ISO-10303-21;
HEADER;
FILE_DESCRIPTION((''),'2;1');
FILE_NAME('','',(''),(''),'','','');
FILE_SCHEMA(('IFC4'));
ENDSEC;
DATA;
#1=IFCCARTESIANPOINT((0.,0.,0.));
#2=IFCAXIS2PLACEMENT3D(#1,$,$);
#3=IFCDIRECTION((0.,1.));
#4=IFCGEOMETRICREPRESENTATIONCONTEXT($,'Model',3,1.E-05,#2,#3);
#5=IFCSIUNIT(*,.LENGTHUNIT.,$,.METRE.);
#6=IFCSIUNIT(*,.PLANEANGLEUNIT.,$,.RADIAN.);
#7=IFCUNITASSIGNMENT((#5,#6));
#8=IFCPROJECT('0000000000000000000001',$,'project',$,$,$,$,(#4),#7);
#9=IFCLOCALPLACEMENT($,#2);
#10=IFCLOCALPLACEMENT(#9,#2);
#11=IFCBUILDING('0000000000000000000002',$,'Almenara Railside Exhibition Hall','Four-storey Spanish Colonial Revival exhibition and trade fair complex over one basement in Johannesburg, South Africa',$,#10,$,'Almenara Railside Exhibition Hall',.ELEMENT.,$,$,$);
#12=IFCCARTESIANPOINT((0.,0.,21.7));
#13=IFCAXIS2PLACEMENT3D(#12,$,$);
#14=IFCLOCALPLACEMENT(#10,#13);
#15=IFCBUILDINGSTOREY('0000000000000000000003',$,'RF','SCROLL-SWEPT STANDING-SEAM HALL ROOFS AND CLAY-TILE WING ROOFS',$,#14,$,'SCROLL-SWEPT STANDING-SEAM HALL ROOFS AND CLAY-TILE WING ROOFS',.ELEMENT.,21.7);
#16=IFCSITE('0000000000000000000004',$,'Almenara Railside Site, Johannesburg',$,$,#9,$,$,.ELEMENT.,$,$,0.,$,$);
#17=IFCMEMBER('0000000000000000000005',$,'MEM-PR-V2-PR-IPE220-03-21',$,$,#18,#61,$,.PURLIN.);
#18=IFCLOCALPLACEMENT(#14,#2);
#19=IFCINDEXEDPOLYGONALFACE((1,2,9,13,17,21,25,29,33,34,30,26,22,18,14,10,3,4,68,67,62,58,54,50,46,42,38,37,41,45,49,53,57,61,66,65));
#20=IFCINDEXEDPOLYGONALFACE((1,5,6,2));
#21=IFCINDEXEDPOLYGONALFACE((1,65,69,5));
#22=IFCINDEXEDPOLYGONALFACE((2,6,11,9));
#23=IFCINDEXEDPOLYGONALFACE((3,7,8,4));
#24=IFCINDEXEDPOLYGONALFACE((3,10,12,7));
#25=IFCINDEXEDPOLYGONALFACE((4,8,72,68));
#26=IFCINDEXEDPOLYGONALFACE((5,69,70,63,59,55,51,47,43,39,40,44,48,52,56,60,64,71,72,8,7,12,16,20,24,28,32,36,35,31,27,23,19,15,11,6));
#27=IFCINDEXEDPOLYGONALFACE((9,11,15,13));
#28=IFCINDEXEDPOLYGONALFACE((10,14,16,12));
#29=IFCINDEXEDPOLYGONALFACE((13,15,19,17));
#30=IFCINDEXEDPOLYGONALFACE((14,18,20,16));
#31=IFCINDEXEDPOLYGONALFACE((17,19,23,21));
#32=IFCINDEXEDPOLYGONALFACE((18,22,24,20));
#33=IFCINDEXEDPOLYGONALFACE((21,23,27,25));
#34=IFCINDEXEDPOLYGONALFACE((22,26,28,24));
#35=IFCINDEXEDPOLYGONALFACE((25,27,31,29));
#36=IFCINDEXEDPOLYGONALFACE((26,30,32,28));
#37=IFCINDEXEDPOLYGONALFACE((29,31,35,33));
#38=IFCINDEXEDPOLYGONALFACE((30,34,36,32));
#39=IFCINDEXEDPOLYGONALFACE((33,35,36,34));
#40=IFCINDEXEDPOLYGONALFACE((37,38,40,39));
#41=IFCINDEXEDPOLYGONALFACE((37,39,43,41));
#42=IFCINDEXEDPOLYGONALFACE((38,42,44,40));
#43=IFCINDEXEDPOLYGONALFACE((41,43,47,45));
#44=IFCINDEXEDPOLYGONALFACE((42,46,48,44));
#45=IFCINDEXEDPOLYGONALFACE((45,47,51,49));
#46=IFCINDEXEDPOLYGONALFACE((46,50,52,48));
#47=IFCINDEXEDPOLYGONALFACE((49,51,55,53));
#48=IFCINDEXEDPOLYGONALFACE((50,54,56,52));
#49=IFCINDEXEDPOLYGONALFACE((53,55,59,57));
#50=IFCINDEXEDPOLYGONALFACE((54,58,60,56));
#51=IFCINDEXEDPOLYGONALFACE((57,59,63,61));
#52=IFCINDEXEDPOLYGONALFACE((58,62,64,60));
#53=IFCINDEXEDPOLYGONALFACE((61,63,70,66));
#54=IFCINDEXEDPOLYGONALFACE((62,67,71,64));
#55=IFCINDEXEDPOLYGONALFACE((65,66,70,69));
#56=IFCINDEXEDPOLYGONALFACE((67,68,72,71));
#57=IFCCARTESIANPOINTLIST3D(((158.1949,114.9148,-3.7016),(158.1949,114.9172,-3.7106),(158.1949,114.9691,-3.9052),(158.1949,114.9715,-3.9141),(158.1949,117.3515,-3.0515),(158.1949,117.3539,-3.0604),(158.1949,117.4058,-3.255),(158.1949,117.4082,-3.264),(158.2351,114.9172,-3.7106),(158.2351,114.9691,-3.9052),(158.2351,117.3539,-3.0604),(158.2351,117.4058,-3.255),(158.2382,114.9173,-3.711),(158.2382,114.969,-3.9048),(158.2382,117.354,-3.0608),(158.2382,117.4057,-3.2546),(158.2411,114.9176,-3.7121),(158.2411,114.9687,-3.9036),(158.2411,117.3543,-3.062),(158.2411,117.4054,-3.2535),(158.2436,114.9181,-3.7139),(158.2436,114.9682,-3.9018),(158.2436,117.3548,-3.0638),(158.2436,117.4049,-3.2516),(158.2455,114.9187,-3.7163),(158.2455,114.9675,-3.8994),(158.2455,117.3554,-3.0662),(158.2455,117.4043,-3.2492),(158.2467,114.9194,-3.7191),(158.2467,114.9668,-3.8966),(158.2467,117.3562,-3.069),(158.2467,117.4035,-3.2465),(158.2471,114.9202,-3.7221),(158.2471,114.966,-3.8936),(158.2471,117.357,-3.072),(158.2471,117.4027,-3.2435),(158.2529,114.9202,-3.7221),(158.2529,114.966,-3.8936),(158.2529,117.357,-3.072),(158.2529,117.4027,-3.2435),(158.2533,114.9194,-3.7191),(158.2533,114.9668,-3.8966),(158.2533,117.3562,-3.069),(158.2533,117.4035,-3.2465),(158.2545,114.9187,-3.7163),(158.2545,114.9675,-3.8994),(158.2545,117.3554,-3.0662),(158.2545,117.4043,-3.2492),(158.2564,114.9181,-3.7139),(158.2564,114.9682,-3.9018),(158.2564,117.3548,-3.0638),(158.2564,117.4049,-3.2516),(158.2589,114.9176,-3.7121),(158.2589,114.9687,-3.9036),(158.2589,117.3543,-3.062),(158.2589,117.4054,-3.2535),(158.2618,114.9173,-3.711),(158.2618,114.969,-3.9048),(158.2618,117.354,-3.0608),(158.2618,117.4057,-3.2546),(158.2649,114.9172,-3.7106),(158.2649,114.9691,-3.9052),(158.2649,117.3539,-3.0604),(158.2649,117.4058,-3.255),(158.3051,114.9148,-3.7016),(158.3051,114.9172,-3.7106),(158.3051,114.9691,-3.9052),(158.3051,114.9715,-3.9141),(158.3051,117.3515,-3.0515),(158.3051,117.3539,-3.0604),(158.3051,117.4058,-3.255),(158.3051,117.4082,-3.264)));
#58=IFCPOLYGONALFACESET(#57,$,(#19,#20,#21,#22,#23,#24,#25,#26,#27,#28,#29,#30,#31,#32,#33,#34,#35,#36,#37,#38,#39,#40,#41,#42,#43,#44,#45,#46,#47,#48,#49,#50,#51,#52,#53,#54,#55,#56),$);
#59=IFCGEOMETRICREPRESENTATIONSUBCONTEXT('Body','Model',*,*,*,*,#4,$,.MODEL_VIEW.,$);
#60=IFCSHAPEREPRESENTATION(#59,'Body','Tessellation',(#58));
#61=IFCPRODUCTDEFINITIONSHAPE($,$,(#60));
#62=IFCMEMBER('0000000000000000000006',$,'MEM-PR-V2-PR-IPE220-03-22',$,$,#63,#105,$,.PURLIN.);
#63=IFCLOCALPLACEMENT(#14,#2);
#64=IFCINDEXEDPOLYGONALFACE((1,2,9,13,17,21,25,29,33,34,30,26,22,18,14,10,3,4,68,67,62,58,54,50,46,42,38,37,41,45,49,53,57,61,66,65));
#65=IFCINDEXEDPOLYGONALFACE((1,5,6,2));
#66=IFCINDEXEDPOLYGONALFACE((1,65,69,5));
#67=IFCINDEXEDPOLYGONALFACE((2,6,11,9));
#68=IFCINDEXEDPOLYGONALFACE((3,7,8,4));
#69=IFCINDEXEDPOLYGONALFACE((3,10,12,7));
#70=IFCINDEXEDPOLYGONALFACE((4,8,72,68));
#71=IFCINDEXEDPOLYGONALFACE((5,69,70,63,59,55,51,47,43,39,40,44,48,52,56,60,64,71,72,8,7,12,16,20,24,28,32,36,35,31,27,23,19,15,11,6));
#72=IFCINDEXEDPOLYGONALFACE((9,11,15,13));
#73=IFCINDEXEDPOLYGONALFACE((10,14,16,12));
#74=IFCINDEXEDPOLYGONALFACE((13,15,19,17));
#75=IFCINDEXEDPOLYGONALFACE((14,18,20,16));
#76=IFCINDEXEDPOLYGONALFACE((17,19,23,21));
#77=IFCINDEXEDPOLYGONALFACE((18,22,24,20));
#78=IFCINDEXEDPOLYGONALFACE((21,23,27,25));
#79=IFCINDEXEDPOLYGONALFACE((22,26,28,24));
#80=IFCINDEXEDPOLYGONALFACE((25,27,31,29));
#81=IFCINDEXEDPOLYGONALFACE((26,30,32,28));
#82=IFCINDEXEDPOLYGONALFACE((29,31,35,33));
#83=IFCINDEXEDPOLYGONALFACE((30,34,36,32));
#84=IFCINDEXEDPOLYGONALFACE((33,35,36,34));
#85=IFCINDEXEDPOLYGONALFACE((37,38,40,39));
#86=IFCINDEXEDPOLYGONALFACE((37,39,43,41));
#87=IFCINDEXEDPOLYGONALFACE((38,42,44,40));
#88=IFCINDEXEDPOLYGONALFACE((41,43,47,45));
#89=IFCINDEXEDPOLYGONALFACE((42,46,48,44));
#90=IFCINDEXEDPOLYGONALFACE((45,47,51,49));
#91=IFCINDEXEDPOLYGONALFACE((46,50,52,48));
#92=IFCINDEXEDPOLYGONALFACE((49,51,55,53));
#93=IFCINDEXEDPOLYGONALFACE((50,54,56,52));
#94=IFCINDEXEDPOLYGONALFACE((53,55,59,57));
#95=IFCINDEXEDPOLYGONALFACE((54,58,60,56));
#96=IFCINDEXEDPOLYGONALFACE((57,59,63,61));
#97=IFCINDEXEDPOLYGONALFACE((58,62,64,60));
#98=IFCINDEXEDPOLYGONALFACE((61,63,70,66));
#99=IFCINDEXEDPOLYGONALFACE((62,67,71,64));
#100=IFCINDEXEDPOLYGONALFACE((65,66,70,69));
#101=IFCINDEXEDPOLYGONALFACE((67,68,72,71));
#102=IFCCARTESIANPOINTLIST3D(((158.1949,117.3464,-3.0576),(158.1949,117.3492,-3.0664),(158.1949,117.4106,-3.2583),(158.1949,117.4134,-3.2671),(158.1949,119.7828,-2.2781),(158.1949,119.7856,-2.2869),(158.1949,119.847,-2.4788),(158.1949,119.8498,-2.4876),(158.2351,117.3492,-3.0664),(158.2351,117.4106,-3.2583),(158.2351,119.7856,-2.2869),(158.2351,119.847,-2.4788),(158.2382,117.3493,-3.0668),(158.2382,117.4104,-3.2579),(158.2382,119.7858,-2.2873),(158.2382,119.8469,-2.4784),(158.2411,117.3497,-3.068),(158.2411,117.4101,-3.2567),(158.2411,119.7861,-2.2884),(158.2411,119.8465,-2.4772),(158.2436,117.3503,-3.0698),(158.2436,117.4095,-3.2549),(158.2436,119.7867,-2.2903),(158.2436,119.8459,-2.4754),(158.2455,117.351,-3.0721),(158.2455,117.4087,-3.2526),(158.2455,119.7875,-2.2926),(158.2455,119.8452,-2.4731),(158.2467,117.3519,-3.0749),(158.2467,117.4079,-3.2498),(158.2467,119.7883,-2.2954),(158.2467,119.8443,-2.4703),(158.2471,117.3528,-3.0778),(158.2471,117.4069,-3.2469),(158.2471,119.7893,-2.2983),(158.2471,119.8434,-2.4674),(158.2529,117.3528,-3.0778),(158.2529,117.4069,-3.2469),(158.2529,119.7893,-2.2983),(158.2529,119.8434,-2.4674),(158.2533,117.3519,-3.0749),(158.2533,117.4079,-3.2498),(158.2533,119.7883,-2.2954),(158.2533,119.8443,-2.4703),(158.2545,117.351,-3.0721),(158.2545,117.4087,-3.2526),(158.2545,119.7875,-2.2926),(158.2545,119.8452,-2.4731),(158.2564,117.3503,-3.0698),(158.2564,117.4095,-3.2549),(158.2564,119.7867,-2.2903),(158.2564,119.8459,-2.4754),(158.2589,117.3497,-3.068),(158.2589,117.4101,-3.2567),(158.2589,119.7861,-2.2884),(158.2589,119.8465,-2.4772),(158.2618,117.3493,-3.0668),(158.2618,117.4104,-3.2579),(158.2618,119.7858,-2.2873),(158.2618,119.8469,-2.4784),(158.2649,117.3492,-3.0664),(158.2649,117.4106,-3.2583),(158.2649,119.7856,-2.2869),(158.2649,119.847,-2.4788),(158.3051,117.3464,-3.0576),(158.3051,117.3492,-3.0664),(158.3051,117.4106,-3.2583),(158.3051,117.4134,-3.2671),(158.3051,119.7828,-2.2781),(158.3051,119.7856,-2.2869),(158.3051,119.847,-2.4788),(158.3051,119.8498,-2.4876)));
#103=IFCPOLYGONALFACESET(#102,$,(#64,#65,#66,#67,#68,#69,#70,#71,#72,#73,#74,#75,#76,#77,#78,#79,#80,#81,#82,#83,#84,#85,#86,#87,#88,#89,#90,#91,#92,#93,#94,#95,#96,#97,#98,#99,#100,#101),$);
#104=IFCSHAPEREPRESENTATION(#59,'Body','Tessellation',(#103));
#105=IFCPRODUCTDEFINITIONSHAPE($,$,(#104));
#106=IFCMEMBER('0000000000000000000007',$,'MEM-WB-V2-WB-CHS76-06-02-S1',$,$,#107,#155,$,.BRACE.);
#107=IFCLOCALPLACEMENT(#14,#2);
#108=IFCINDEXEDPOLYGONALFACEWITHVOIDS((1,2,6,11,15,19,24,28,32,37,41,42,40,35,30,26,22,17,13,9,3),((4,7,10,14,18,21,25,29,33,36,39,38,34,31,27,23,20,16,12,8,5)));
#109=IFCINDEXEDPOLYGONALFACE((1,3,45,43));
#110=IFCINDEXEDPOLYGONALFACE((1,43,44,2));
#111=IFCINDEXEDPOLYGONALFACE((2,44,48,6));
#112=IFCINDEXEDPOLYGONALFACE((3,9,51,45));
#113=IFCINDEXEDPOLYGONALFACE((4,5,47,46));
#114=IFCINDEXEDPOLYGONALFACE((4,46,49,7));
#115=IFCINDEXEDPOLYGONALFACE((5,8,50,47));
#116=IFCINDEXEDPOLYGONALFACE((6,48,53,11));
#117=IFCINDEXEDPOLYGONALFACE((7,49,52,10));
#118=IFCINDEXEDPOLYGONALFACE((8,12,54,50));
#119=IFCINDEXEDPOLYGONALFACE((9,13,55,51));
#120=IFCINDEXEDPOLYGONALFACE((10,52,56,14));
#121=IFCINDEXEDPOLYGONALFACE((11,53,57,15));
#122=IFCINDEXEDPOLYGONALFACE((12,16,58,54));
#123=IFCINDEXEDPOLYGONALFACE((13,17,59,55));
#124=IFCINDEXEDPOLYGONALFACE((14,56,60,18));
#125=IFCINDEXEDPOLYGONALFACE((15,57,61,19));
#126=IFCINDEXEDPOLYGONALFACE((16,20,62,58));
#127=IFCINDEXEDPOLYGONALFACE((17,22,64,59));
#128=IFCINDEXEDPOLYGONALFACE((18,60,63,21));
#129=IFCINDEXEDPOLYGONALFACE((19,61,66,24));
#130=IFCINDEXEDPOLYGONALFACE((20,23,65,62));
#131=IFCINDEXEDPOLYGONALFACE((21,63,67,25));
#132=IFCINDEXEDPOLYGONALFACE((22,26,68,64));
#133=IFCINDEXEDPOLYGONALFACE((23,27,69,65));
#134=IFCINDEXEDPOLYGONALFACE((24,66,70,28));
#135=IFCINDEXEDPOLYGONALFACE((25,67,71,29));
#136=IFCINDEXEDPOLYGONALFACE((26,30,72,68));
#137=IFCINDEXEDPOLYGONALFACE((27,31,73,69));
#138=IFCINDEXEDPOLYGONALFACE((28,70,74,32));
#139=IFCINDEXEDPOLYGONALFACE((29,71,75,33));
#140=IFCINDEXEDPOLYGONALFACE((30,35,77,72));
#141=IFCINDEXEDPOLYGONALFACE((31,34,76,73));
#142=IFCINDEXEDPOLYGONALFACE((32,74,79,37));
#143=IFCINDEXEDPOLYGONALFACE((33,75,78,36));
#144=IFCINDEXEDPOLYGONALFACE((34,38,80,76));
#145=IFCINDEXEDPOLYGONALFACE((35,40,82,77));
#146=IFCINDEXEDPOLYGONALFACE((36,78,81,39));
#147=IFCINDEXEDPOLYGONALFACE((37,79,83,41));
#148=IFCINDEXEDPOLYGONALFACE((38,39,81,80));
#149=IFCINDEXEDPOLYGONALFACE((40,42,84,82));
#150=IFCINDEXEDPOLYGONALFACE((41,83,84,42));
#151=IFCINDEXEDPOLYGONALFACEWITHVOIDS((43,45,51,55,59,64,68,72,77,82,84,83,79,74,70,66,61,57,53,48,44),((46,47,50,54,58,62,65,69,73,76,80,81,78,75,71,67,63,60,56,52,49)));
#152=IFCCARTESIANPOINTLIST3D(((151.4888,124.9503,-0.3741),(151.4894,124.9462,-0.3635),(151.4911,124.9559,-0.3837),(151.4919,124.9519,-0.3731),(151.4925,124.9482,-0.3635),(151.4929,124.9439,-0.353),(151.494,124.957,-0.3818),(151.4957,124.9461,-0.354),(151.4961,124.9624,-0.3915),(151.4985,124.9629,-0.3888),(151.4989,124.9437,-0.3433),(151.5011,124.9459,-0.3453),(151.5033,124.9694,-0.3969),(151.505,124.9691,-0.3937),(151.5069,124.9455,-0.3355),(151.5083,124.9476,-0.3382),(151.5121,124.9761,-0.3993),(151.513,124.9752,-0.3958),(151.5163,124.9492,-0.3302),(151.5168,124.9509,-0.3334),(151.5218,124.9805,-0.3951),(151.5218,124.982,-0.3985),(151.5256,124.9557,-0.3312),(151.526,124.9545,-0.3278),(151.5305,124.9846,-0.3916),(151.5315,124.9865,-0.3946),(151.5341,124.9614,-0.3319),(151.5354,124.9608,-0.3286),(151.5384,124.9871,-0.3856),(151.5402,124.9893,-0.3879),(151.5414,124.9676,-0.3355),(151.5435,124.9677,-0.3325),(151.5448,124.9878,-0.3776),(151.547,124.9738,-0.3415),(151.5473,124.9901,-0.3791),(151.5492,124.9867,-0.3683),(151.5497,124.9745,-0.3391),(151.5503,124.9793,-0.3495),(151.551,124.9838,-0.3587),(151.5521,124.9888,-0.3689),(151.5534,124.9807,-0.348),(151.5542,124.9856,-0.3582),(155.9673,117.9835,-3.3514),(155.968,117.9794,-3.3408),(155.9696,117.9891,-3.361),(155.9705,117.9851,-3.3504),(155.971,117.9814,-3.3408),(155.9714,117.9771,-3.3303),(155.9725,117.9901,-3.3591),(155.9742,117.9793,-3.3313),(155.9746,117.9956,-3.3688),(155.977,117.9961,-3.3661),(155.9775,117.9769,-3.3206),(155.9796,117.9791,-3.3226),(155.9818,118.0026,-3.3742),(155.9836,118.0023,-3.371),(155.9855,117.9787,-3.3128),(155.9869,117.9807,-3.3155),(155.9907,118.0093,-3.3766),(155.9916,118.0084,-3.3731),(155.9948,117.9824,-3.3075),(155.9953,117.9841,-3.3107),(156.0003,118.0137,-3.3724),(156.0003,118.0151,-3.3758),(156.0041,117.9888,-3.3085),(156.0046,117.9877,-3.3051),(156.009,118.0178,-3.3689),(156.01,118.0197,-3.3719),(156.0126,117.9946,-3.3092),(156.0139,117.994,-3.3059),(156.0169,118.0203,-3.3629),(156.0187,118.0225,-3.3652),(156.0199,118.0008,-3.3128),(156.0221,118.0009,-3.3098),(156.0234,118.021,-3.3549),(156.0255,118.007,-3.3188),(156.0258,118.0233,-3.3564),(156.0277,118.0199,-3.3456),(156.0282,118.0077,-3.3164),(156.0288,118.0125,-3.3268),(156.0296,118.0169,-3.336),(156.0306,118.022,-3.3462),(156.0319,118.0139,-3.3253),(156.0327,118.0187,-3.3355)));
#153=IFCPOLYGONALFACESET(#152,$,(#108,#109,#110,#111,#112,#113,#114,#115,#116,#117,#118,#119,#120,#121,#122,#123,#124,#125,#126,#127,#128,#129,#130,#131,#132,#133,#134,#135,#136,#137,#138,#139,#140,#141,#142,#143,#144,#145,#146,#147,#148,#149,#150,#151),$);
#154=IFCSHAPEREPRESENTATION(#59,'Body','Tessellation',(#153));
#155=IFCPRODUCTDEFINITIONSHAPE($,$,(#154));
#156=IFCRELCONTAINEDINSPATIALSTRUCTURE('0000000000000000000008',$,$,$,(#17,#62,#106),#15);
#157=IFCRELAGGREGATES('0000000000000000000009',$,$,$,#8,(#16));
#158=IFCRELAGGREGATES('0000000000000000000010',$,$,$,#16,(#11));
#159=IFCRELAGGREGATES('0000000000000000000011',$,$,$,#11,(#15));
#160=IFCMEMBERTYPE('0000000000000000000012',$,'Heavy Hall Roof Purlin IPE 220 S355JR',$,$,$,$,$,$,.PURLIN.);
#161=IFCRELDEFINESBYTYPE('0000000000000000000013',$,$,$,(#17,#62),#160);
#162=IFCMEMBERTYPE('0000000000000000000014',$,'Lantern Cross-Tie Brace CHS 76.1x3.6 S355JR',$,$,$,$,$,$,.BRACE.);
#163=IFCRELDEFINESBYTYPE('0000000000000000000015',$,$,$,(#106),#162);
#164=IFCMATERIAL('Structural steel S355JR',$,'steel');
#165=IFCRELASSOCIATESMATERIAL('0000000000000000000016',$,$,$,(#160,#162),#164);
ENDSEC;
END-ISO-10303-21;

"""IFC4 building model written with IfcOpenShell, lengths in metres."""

from ifc_helpers import new_model, si_unit, direction, frame, origin, origin_2d, place, context, subcontext, project, spatial, hollow_circle, i_section, extrude, material, material_profile, profile_set, type_object, element, save


model = new_model("IFC4")

# Units and contexts
model_context = context("Model", 3, precision=1e-05, world=origin(), true_north=direction((0.0, 1.0)))
body_context = subcontext(model_context, "Body", "Model", "MODEL_VIEW")
ifc_project = project(units=[si_unit("LENGTHUNIT", "METRE"), si_unit("PLANEANGLEUNIT", "RADIAN")], contexts=[model_context])

# Site, building, storey
site_placement = place(None, origin())
site = spatial("IfcSite", under=ifc_project, at=site_placement, Name="Almenara Railside Site, Johannesburg", CompositionType="ELEMENT", RefElevation=0.0)
building_placement = place(site_placement, origin())
building = spatial("IfcBuilding", under=site, at=building_placement, Name="Almenara Railside Exhibition Hall", Description="Four-storey Spanish Colonial Revival exhibition and trade fair complex over one basement in Johannesburg, South Africa", LongName="Almenara Railside Exhibition Hall", CompositionType="ELEMENT")
storey_placement = place(building_placement, frame((0.0, 0.0, 21.7)))
storey = spatial("IfcBuildingStorey", under=building, at=storey_placement, Name="RF", Description="SCROLL-SWEPT STANDING-SEAM HALL ROOFS AND CLAY-TILE WING ROOFS", LongName="SCROLL-SWEPT STANDING-SEAM HALL ROOFS AND CLAY-TILE WING ROOFS", CompositionType="ELEMENT", Elevation=21.7)

# Members
ifc_material_1 = material(Name="Structural steel S355JR", Category="steel")
ifc_material_profile_1 = material_profile(ifc_material_1, i_section(OverallWidth=0.1101, OverallDepth=0.22, WebThickness=0.0059, FlangeThickness=0.0093, FilletRadius=0.012, at=origin_2d()), Name="IPE 220")
ifc_profile_set_1 = profile_set([ifc_material_profile_1], Name="Structural steel S355JR")
member_type_1 = type_object("IfcMemberType", Name="Heavy Hall Roof Purlin IPE 220 S355JR", PredefinedType="PURLIN", material=ifc_profile_set_1)
member_1_placement = place(storey_placement, frame((158.25, 114.9431, -3.8079), z_axis=(0.0, 0.966201, 0.257789), x_axis=(-1.0, 0.0, 0.0)))
element("IfcMember", 1, at=member_1_placement, inside=storey, type_object=member_type_1, Name="MEM-PR-V2-PR-IPE220-03-21", PredefinedType="PURLIN", context=body_context, shape_type="SweptSolid", body=[
    extrude(i_section(OverallWidth=0.1101, OverallDepth=0.22, WebThickness=0.0059, FlangeThickness=0.0093, FilletRadius=0.012, at=origin_2d()), origin(), (0.0, 0.0, 1.0), 2.522),
])
member_2_placement = place(storey_placement, frame((158.25, 117.3799, -3.1624), z_axis=(0.0, 0.952441, 0.304724), x_axis=(-1.0, 0.0, 0.0)))
element("IfcMember", 2, at=member_2_placement, inside=storey, type_object=member_type_1, Name="MEM-PR-V2-PR-IPE220-03-22", PredefinedType="PURLIN", context=body_context, shape_type="SweptSolid", body=[
    extrude(i_section(OverallWidth=0.1101, OverallDepth=0.22, WebThickness=0.0059, FlangeThickness=0.0093, FilletRadius=0.012, at=origin_2d()), origin(), (0.0, 0.0, 1.0), 2.5581),
])
ifc_material_profile_2 = material_profile(ifc_material_1, hollow_circle(Radius=0.0381, WallThickness=0.0037, at=origin_2d()), Name="CHS 76.1x3.6")
ifc_profile_set_2 = profile_set([ifc_material_profile_2], Name="Structural steel S355JR")
member_type_2 = type_object("IfcMemberType", Name="Lantern Cross-Tie Brace CHS 76.1x3.6 S355JR", PredefinedType="BRACE", material=ifc_profile_set_2)
member_3_placement = place(storey_placement, frame((156.0, 118.0, -3.3408), z_axis=(-0.508864, 0.791591, 0.33829), x_axis=(-0.841186, -0.540746, 0.0)))
element("IfcMember", 3, at=member_3_placement, inside=storey, type_object=member_type_2, Name="MEM-WB-V2-WB-CHS76-06-02-S1", PredefinedType="BRACE", context=body_context, shape_type="SweptSolid", body=[
    extrude(hollow_circle(Radius=0.0381, WallThickness=0.0037, at=origin_2d()), origin(), (0.0, 0.0, 1.0), 8.801),
])

save(model, "model.ifc")
